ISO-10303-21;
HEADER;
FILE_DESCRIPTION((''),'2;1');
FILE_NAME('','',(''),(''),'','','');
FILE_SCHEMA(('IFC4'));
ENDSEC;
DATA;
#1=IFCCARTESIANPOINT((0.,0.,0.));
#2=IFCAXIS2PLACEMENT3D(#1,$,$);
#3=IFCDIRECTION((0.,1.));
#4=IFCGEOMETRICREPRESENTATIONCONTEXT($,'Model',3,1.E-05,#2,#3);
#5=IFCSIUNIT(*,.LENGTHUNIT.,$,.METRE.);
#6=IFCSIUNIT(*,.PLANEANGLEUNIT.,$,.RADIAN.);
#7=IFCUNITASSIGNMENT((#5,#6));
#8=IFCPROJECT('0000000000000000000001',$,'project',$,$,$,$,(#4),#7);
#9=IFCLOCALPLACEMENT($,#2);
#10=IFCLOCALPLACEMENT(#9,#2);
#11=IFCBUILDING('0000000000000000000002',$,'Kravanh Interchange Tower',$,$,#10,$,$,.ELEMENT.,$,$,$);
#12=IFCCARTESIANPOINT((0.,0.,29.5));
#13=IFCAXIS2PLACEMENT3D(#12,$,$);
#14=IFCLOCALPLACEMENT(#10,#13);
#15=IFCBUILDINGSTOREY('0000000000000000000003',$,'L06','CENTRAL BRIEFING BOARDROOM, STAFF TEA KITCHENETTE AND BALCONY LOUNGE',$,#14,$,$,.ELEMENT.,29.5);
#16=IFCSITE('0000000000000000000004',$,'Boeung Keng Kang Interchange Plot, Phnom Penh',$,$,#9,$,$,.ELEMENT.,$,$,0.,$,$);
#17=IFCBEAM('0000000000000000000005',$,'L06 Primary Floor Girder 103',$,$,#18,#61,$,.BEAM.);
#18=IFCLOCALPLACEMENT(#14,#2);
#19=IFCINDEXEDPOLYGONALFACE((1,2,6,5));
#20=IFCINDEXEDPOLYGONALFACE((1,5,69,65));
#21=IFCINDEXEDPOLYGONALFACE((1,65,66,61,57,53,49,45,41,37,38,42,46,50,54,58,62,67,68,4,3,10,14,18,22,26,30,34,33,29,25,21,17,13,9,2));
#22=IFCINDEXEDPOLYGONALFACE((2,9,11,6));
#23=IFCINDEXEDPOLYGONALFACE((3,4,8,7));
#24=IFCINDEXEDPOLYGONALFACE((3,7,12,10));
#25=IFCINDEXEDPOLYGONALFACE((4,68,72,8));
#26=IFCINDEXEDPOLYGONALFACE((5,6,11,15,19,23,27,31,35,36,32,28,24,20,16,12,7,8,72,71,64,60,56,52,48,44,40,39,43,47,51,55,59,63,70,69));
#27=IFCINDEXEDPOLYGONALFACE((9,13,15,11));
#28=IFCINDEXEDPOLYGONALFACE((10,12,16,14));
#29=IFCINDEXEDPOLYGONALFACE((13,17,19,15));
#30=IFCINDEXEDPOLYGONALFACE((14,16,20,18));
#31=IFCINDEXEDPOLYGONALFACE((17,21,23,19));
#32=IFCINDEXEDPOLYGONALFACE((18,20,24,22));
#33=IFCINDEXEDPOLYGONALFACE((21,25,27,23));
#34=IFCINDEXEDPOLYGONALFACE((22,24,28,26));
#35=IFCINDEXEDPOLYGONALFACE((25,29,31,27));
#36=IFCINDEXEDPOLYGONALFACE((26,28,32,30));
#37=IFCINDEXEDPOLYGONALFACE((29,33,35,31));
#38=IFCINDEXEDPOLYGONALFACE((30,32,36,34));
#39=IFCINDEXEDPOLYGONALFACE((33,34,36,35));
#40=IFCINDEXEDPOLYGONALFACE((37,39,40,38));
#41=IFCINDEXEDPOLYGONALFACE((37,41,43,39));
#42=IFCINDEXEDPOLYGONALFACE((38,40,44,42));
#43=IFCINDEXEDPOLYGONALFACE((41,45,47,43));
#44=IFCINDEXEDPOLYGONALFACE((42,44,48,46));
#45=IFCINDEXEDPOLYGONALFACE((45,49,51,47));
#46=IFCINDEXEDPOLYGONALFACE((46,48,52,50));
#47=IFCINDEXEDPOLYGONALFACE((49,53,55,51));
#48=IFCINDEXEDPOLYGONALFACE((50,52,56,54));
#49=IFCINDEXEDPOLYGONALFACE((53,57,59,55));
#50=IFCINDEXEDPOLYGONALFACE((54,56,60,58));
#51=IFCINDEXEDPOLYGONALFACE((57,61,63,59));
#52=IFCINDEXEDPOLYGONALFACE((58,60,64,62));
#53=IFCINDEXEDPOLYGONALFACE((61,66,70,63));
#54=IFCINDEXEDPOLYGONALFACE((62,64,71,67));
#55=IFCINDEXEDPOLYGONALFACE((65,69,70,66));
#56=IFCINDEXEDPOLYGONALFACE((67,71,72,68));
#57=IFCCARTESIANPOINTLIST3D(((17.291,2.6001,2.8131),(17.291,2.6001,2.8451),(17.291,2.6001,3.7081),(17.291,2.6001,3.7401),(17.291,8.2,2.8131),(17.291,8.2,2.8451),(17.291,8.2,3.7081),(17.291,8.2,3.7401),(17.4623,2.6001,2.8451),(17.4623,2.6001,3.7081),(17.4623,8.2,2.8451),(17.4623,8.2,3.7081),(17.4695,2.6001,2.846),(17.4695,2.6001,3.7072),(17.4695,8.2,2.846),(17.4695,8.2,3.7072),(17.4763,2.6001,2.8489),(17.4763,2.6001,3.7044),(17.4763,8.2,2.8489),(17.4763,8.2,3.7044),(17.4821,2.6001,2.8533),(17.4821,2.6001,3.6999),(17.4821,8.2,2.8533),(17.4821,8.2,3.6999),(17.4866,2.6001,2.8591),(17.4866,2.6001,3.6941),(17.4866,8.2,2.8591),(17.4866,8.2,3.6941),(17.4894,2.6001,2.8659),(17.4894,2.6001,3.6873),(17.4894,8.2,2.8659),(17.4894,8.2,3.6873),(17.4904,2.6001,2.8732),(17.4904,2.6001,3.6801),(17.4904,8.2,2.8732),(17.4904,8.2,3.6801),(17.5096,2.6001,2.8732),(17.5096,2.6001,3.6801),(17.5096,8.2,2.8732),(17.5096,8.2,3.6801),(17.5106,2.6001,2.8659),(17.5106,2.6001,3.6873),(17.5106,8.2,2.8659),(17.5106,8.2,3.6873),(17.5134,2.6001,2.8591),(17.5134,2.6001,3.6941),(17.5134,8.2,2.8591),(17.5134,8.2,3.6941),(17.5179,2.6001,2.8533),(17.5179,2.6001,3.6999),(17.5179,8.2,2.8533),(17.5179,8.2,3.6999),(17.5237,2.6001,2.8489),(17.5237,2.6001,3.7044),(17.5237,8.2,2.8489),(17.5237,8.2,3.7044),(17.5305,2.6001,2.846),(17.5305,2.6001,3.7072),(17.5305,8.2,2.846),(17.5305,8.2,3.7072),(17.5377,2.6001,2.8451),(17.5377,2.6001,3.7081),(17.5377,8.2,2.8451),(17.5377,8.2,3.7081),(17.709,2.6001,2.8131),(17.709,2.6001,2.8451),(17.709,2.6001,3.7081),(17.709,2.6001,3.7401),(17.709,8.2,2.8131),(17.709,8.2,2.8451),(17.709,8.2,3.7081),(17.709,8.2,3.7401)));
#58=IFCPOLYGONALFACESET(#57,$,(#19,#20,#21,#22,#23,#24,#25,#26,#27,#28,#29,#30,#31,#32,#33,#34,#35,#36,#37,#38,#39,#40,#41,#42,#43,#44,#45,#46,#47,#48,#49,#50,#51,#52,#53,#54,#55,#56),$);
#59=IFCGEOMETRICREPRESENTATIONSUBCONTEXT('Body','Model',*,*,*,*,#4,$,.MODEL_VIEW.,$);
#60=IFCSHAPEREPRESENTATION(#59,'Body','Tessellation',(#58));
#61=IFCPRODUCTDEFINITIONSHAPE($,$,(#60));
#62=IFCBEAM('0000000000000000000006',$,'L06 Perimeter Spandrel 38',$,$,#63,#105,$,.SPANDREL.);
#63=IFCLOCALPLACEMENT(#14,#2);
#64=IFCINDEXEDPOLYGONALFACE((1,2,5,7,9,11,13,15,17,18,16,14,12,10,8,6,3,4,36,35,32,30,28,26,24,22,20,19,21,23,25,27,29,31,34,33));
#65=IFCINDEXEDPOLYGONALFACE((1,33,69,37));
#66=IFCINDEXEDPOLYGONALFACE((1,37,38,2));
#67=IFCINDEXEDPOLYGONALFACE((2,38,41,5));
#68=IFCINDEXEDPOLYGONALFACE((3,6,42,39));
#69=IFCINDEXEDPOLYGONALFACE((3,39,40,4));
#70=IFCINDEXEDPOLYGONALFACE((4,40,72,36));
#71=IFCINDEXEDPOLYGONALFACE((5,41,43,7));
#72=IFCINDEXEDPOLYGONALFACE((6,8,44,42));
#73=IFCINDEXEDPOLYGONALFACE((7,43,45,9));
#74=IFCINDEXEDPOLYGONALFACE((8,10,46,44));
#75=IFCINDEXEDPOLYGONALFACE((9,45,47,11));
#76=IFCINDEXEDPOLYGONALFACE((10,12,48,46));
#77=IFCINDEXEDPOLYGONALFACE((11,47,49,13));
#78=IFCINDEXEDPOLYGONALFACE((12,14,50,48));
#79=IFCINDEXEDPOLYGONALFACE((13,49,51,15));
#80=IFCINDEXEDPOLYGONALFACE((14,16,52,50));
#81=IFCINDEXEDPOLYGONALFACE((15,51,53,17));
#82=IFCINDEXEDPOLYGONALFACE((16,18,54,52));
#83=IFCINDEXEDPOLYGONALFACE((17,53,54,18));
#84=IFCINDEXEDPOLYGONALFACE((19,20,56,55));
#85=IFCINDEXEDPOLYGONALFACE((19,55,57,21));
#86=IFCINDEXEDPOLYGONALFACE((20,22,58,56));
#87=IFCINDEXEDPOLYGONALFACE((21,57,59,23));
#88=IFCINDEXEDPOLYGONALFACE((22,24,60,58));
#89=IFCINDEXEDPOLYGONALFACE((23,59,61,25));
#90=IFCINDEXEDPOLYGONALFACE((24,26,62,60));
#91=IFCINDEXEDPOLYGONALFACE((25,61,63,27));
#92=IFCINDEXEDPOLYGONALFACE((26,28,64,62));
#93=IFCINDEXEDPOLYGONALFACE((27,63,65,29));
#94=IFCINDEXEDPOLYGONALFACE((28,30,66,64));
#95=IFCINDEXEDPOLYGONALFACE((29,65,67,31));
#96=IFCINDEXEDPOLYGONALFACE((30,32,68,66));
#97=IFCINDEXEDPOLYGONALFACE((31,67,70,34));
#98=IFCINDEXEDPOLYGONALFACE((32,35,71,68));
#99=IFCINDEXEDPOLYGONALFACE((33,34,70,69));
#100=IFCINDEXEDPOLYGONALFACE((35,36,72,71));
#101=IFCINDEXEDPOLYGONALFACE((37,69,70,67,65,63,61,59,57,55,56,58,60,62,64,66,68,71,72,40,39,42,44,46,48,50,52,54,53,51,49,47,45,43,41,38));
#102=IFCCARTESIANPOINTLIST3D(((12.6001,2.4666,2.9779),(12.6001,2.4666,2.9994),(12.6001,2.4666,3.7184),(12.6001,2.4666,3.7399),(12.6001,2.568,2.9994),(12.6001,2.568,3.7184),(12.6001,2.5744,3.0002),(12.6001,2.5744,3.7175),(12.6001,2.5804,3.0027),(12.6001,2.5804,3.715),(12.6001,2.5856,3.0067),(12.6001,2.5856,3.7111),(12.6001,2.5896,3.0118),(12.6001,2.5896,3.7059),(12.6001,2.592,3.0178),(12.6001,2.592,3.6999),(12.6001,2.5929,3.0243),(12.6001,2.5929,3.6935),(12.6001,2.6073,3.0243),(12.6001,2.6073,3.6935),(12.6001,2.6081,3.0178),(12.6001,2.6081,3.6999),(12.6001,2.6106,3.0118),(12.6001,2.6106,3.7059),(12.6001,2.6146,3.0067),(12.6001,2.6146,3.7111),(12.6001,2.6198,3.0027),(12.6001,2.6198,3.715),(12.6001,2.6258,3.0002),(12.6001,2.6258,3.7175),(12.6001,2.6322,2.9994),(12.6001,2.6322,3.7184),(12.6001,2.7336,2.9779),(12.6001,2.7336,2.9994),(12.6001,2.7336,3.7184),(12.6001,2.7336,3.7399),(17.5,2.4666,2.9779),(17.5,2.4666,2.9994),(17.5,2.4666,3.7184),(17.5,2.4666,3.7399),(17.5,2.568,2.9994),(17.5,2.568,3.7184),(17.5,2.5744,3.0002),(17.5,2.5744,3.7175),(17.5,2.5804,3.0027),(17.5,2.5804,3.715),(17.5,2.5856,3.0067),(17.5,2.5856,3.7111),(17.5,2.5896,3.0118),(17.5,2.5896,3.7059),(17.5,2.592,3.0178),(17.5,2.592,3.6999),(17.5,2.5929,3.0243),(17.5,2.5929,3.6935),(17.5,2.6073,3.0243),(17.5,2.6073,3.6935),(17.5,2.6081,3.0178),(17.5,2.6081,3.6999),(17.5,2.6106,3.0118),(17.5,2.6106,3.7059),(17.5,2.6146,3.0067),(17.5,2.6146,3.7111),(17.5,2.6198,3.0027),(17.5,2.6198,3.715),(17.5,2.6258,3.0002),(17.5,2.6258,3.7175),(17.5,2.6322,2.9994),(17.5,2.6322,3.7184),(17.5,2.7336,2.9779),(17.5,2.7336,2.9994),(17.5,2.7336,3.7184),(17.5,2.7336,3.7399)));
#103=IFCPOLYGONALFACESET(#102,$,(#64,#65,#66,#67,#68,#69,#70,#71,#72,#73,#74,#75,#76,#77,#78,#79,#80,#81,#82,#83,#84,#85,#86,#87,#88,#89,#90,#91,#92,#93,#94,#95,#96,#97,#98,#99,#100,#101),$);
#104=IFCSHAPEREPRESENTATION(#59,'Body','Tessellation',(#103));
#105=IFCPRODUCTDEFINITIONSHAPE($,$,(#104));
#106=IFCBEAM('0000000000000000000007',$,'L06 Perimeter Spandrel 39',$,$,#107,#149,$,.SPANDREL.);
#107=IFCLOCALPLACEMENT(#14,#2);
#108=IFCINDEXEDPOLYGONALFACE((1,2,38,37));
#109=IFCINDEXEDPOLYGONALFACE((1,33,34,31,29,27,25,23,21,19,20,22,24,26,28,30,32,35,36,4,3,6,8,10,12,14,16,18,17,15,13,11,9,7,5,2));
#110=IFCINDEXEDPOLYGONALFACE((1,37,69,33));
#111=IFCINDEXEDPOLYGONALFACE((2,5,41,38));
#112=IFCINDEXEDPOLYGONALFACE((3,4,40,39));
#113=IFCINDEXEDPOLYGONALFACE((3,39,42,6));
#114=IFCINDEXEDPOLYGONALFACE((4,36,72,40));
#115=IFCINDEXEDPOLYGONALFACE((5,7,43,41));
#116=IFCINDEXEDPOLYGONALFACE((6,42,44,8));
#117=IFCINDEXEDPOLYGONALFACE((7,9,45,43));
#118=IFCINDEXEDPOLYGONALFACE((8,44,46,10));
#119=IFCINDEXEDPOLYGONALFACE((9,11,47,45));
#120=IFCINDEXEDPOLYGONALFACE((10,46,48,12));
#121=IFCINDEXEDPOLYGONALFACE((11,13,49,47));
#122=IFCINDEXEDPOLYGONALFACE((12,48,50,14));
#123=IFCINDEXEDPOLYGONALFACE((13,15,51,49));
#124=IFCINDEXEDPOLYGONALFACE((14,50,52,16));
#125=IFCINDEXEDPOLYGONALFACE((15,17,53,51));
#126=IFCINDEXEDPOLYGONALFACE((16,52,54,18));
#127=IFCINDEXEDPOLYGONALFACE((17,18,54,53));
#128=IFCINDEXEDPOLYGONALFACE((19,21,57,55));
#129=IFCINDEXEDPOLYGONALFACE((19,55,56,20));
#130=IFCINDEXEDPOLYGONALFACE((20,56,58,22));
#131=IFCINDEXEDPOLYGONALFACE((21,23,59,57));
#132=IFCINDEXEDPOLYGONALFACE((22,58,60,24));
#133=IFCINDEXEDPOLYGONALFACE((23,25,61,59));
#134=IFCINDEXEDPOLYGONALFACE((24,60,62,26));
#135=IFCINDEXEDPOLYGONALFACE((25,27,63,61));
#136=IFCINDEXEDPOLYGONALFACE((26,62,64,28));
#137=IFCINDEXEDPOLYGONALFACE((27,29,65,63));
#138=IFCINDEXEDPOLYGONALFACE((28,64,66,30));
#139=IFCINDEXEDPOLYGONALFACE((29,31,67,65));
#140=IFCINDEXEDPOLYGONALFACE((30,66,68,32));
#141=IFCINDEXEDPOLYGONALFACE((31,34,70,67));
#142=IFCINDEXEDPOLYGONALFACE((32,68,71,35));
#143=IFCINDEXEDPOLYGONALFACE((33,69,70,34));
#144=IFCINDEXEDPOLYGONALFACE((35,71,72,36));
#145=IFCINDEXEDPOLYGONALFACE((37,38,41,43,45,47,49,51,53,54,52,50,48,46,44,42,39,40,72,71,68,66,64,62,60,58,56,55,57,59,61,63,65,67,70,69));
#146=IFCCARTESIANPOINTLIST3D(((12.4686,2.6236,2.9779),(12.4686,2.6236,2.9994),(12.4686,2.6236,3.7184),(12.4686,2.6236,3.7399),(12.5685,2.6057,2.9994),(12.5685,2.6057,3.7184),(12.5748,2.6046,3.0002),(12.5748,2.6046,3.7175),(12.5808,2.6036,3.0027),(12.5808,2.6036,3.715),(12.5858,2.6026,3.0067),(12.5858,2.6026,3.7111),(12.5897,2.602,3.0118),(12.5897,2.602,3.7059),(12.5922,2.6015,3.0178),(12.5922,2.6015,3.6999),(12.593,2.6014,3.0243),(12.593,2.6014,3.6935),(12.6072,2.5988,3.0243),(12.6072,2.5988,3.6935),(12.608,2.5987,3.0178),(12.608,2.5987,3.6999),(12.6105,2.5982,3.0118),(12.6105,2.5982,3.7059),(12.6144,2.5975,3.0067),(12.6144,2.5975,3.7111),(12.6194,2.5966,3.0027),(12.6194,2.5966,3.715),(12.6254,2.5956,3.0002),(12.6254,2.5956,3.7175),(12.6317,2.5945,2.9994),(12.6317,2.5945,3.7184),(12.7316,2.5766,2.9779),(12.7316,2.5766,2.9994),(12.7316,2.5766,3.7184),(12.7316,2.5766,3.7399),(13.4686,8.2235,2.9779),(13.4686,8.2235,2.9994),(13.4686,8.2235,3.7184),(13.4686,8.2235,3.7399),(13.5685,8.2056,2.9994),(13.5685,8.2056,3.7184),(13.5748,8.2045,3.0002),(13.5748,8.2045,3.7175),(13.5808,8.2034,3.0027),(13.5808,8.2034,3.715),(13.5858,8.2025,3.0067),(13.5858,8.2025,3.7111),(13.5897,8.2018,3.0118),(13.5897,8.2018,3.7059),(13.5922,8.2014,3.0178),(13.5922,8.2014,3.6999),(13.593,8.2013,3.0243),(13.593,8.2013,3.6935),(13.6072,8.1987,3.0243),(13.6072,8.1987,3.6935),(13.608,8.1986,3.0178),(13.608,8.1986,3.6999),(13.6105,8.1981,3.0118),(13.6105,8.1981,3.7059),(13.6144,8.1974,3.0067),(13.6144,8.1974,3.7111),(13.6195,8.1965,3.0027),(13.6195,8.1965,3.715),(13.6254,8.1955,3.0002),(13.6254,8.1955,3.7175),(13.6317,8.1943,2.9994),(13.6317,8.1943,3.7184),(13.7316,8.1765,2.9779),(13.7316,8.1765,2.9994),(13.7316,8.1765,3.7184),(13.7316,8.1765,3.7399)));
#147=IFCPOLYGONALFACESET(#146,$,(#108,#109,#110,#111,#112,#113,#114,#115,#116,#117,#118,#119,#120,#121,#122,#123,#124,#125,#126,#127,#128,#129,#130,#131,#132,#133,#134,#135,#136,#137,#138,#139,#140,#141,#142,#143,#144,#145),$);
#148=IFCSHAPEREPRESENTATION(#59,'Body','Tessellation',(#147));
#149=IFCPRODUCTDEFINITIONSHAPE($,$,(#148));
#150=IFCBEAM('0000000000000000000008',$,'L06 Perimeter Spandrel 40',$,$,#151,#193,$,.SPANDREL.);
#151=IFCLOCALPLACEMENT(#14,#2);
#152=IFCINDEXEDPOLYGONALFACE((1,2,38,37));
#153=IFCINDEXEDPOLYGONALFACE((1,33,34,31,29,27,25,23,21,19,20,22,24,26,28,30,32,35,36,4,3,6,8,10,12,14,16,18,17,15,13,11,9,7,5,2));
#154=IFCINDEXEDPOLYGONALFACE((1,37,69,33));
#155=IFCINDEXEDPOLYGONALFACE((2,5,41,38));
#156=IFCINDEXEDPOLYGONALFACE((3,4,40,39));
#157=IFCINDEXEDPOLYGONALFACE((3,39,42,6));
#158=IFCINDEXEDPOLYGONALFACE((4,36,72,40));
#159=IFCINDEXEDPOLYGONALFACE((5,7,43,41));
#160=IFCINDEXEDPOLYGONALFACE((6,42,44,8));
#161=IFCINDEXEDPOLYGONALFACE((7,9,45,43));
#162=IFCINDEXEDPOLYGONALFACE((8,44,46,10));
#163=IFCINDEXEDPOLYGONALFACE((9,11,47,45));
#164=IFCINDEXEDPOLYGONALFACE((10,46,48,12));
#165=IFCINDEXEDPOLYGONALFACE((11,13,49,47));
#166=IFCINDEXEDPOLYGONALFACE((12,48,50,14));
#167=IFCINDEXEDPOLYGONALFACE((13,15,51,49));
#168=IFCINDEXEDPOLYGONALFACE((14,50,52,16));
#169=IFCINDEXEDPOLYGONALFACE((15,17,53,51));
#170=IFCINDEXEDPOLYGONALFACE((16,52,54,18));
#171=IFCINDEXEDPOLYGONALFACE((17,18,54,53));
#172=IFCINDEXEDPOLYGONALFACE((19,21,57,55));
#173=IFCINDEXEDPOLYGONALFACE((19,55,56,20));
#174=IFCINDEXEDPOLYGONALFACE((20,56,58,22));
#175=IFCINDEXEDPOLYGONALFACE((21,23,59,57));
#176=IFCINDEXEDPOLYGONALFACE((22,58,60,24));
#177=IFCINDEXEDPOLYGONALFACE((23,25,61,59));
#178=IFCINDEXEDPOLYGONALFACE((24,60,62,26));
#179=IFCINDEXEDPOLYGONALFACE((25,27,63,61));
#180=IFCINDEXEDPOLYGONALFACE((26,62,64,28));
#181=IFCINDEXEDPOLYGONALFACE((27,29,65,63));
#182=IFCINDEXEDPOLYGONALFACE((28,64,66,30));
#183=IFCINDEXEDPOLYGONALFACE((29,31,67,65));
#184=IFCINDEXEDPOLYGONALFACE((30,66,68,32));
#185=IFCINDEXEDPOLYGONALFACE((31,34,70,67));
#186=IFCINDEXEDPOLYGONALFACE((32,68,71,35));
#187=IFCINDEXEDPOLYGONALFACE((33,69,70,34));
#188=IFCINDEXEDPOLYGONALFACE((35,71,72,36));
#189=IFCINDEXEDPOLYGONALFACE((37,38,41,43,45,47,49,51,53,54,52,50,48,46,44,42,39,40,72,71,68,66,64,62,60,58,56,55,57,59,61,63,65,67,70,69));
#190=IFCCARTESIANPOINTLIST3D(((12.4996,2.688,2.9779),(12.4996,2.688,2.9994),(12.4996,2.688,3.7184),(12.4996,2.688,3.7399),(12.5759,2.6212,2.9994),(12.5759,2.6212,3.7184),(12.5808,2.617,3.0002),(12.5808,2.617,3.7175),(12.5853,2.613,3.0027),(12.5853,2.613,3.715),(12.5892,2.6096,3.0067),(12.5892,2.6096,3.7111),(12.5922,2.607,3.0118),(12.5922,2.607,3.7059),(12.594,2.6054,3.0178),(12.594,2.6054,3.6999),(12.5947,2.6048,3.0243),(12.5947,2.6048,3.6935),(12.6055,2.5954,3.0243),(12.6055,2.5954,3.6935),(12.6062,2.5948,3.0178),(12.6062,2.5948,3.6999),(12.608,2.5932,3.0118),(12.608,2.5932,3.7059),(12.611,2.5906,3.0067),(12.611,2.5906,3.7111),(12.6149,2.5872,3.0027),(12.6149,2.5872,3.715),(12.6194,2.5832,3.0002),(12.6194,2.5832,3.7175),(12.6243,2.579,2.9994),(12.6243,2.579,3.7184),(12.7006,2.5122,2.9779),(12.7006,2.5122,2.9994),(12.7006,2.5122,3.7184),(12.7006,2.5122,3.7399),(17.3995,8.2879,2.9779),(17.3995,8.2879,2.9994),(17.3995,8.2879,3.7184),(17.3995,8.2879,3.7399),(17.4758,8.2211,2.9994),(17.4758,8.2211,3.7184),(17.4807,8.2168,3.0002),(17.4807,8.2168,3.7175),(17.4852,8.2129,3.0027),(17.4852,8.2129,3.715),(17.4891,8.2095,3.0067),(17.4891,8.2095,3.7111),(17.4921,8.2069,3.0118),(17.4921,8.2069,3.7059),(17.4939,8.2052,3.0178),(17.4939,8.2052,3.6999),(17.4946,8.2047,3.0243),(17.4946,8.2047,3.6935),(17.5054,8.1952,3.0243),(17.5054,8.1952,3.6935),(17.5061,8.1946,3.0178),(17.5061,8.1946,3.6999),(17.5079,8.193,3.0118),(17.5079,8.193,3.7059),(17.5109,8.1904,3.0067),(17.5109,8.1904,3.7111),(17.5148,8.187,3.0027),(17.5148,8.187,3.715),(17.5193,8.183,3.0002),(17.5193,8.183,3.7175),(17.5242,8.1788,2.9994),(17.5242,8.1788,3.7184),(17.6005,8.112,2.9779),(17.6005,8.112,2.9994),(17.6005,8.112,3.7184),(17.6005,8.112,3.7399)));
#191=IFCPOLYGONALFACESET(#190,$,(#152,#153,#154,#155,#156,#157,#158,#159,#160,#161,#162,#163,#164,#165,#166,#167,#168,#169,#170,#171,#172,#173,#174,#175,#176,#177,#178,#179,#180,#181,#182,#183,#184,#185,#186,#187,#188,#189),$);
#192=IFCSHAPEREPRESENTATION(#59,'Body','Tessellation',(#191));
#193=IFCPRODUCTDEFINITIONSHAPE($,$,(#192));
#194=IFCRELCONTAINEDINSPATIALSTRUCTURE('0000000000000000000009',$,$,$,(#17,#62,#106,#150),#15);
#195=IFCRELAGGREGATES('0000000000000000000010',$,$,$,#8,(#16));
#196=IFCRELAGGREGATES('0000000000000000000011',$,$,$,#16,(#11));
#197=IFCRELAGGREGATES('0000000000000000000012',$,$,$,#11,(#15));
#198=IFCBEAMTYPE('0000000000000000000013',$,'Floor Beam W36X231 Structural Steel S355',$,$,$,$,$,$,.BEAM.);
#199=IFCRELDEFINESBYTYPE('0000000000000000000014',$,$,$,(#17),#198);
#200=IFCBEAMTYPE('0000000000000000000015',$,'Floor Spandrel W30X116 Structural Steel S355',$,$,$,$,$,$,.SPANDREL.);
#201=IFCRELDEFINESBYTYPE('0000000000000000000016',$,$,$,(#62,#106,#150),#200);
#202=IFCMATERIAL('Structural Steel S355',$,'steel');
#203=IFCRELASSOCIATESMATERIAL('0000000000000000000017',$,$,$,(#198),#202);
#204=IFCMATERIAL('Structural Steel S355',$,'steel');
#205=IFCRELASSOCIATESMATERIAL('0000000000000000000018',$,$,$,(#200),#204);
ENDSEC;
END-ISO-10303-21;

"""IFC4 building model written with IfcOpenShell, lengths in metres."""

from ifc_helpers import new_model, si_unit, direction, frame, origin, origin_2d, place, context, subcontext, project, spatial, i_section, extrude, material, material_profile, profile_set, type_object, element, save


model = new_model("IFC4")

# Units and contexts
model_context = context("Model", 3, precision=1e-05, world=origin(), true_north=direction((0.0, 1.0)))
body_context = subcontext(model_context, "Body", "Model", "MODEL_VIEW")
ifc_project = project(units=[si_unit("LENGTHUNIT", "METRE"), si_unit("PLANEANGLEUNIT", "RADIAN")], contexts=[model_context])

# Site, building, storey
site_placement = place(None, origin())
site = spatial("IfcSite", under=ifc_project, at=site_placement, Name="Boeung Keng Kang Interchange Plot, Phnom Penh", CompositionType="ELEMENT", RefElevation=0.0)
building_placement = place(site_placement, origin())
building = spatial("IfcBuilding", under=site, at=building_placement, Name="Kravanh Interchange Tower", CompositionType="ELEMENT")
storey_placement = place(building_placement, frame((0.0, 0.0, 29.5)))
storey = spatial("IfcBuildingStorey", under=building, at=storey_placement, Name="L06", Description="CENTRAL BRIEFING BOARDROOM, STAFF TEA KITCHENETTE AND BALCONY LOUNGE", CompositionType="ELEMENT", Elevation=29.5)

# Beams
ifc_material_1 = material(Name="Structural Steel S355", Category="steel")
ifc_material_profile_1 = material_profile(ifc_material_1, i_section(OverallWidth=0.418, OverallDepth=0.927, WebThickness=0.0193, FlangeThickness=0.032, FilletRadius=0.0281, at=origin_2d()), Name="W36X231")
ifc_profile_set_1 = profile_set([ifc_material_profile_1], Name="Structural Steel S355")
beam_type_1 = type_object("IfcBeamType", Name="Floor Beam W36X231 Structural Steel S355", PredefinedType="BEAM", material=ifc_profile_set_1)
beam_1_placement = place(storey_placement, frame((17.5, 2.6001, 3.2766), z_axis=(0.0, 1.0, 0.0), x_axis=(-1.0, 0.0, 0.0)))
element("IfcBeam", 1, at=beam_1_placement, inside=storey, type_object=beam_type_1, Name="L06 Primary Floor Girder 103", PredefinedType="BEAM", context=body_context, shape_type="SweptSolid", body=[
    extrude(i_section(OverallWidth=0.418, OverallDepth=0.927, WebThickness=0.0193, FlangeThickness=0.032, FilletRadius=0.0281, at=origin_2d()), origin(), (0.0, 0.0, 1.0), 5.5999),
])
ifc_material_2 = material(Name="Structural Steel S355", Category="steel")
ifc_material_profile_2 = material_profile(ifc_material_2, i_section(OverallWidth=0.2671, OverallDepth=0.762, WebThickness=0.0144, FlangeThickness=0.0215, FilletRadius=0.0249, at=origin_2d()), Name="W30X116")
ifc_profile_set_2 = profile_set([ifc_material_profile_2], Name="Structural Steel S355")
beam_type_2 = type_object("IfcBeamType", Name="Floor Spandrel W30X116 Structural Steel S355", PredefinedType="SPANDREL", material=ifc_profile_set_2)
beam_2_placement = place(storey_placement, frame((12.6001, 2.6001, 3.3589), z_axis=(1.0, 0.0, 0.0), x_axis=(0.0, 1.0, 0.0)))
element("IfcBeam", 2, at=beam_2_placement, inside=storey, type_object=beam_type_2, Name="L06 Perimeter Spandrel 38", PredefinedType="SPANDREL", context=body_context, shape_type="SweptSolid", body=[
    extrude(i_section(OverallWidth=0.2671, OverallDepth=0.762, WebThickness=0.0144, FlangeThickness=0.0215, FilletRadius=0.0249, at=origin_2d()), origin(), (0.0, 0.0, 1.0), 4.8999),
])
beam_3_placement = place(storey_placement, frame((12.6001, 2.6001, 3.3589), z_axis=(0.175795, 0.984427, 0.0), x_axis=(-0.984427, 0.175795, 0.0)))
element("IfcBeam", 3, at=beam_3_placement, inside=storey, type_object=beam_type_2, Name="L06 Perimeter Spandrel 39", PredefinedType="SPANDREL", context=body_context, shape_type="SweptSolid", body=[
    extrude(i_section(OverallWidth=0.2671, OverallDepth=0.762, WebThickness=0.0144, FlangeThickness=0.0215, FilletRadius=0.0249, at=origin_2d()), origin(), (0.0, 0.0, 1.0), 5.6885),
])
beam_4_placement = place(storey_placement, frame((12.6001, 2.6001, 3.3589), z_axis=(0.658507, 0.752575, 0.0), x_axis=(-0.752575, 0.658507, 0.0)))
element("IfcBeam", 4, at=beam_4_placement, inside=storey, type_object=beam_type_2, Name="L06 Perimeter Spandrel 40", PredefinedType="SPANDREL", context=body_context, shape_type="SweptSolid", body=[
    extrude(i_section(OverallWidth=0.2671, OverallDepth=0.762, WebThickness=0.0144, FlangeThickness=0.0215, FilletRadius=0.0249, at=origin_2d()), origin(), (0.0, 0.0, 1.0), 7.4409),
])

save(model, "model.ifc")
